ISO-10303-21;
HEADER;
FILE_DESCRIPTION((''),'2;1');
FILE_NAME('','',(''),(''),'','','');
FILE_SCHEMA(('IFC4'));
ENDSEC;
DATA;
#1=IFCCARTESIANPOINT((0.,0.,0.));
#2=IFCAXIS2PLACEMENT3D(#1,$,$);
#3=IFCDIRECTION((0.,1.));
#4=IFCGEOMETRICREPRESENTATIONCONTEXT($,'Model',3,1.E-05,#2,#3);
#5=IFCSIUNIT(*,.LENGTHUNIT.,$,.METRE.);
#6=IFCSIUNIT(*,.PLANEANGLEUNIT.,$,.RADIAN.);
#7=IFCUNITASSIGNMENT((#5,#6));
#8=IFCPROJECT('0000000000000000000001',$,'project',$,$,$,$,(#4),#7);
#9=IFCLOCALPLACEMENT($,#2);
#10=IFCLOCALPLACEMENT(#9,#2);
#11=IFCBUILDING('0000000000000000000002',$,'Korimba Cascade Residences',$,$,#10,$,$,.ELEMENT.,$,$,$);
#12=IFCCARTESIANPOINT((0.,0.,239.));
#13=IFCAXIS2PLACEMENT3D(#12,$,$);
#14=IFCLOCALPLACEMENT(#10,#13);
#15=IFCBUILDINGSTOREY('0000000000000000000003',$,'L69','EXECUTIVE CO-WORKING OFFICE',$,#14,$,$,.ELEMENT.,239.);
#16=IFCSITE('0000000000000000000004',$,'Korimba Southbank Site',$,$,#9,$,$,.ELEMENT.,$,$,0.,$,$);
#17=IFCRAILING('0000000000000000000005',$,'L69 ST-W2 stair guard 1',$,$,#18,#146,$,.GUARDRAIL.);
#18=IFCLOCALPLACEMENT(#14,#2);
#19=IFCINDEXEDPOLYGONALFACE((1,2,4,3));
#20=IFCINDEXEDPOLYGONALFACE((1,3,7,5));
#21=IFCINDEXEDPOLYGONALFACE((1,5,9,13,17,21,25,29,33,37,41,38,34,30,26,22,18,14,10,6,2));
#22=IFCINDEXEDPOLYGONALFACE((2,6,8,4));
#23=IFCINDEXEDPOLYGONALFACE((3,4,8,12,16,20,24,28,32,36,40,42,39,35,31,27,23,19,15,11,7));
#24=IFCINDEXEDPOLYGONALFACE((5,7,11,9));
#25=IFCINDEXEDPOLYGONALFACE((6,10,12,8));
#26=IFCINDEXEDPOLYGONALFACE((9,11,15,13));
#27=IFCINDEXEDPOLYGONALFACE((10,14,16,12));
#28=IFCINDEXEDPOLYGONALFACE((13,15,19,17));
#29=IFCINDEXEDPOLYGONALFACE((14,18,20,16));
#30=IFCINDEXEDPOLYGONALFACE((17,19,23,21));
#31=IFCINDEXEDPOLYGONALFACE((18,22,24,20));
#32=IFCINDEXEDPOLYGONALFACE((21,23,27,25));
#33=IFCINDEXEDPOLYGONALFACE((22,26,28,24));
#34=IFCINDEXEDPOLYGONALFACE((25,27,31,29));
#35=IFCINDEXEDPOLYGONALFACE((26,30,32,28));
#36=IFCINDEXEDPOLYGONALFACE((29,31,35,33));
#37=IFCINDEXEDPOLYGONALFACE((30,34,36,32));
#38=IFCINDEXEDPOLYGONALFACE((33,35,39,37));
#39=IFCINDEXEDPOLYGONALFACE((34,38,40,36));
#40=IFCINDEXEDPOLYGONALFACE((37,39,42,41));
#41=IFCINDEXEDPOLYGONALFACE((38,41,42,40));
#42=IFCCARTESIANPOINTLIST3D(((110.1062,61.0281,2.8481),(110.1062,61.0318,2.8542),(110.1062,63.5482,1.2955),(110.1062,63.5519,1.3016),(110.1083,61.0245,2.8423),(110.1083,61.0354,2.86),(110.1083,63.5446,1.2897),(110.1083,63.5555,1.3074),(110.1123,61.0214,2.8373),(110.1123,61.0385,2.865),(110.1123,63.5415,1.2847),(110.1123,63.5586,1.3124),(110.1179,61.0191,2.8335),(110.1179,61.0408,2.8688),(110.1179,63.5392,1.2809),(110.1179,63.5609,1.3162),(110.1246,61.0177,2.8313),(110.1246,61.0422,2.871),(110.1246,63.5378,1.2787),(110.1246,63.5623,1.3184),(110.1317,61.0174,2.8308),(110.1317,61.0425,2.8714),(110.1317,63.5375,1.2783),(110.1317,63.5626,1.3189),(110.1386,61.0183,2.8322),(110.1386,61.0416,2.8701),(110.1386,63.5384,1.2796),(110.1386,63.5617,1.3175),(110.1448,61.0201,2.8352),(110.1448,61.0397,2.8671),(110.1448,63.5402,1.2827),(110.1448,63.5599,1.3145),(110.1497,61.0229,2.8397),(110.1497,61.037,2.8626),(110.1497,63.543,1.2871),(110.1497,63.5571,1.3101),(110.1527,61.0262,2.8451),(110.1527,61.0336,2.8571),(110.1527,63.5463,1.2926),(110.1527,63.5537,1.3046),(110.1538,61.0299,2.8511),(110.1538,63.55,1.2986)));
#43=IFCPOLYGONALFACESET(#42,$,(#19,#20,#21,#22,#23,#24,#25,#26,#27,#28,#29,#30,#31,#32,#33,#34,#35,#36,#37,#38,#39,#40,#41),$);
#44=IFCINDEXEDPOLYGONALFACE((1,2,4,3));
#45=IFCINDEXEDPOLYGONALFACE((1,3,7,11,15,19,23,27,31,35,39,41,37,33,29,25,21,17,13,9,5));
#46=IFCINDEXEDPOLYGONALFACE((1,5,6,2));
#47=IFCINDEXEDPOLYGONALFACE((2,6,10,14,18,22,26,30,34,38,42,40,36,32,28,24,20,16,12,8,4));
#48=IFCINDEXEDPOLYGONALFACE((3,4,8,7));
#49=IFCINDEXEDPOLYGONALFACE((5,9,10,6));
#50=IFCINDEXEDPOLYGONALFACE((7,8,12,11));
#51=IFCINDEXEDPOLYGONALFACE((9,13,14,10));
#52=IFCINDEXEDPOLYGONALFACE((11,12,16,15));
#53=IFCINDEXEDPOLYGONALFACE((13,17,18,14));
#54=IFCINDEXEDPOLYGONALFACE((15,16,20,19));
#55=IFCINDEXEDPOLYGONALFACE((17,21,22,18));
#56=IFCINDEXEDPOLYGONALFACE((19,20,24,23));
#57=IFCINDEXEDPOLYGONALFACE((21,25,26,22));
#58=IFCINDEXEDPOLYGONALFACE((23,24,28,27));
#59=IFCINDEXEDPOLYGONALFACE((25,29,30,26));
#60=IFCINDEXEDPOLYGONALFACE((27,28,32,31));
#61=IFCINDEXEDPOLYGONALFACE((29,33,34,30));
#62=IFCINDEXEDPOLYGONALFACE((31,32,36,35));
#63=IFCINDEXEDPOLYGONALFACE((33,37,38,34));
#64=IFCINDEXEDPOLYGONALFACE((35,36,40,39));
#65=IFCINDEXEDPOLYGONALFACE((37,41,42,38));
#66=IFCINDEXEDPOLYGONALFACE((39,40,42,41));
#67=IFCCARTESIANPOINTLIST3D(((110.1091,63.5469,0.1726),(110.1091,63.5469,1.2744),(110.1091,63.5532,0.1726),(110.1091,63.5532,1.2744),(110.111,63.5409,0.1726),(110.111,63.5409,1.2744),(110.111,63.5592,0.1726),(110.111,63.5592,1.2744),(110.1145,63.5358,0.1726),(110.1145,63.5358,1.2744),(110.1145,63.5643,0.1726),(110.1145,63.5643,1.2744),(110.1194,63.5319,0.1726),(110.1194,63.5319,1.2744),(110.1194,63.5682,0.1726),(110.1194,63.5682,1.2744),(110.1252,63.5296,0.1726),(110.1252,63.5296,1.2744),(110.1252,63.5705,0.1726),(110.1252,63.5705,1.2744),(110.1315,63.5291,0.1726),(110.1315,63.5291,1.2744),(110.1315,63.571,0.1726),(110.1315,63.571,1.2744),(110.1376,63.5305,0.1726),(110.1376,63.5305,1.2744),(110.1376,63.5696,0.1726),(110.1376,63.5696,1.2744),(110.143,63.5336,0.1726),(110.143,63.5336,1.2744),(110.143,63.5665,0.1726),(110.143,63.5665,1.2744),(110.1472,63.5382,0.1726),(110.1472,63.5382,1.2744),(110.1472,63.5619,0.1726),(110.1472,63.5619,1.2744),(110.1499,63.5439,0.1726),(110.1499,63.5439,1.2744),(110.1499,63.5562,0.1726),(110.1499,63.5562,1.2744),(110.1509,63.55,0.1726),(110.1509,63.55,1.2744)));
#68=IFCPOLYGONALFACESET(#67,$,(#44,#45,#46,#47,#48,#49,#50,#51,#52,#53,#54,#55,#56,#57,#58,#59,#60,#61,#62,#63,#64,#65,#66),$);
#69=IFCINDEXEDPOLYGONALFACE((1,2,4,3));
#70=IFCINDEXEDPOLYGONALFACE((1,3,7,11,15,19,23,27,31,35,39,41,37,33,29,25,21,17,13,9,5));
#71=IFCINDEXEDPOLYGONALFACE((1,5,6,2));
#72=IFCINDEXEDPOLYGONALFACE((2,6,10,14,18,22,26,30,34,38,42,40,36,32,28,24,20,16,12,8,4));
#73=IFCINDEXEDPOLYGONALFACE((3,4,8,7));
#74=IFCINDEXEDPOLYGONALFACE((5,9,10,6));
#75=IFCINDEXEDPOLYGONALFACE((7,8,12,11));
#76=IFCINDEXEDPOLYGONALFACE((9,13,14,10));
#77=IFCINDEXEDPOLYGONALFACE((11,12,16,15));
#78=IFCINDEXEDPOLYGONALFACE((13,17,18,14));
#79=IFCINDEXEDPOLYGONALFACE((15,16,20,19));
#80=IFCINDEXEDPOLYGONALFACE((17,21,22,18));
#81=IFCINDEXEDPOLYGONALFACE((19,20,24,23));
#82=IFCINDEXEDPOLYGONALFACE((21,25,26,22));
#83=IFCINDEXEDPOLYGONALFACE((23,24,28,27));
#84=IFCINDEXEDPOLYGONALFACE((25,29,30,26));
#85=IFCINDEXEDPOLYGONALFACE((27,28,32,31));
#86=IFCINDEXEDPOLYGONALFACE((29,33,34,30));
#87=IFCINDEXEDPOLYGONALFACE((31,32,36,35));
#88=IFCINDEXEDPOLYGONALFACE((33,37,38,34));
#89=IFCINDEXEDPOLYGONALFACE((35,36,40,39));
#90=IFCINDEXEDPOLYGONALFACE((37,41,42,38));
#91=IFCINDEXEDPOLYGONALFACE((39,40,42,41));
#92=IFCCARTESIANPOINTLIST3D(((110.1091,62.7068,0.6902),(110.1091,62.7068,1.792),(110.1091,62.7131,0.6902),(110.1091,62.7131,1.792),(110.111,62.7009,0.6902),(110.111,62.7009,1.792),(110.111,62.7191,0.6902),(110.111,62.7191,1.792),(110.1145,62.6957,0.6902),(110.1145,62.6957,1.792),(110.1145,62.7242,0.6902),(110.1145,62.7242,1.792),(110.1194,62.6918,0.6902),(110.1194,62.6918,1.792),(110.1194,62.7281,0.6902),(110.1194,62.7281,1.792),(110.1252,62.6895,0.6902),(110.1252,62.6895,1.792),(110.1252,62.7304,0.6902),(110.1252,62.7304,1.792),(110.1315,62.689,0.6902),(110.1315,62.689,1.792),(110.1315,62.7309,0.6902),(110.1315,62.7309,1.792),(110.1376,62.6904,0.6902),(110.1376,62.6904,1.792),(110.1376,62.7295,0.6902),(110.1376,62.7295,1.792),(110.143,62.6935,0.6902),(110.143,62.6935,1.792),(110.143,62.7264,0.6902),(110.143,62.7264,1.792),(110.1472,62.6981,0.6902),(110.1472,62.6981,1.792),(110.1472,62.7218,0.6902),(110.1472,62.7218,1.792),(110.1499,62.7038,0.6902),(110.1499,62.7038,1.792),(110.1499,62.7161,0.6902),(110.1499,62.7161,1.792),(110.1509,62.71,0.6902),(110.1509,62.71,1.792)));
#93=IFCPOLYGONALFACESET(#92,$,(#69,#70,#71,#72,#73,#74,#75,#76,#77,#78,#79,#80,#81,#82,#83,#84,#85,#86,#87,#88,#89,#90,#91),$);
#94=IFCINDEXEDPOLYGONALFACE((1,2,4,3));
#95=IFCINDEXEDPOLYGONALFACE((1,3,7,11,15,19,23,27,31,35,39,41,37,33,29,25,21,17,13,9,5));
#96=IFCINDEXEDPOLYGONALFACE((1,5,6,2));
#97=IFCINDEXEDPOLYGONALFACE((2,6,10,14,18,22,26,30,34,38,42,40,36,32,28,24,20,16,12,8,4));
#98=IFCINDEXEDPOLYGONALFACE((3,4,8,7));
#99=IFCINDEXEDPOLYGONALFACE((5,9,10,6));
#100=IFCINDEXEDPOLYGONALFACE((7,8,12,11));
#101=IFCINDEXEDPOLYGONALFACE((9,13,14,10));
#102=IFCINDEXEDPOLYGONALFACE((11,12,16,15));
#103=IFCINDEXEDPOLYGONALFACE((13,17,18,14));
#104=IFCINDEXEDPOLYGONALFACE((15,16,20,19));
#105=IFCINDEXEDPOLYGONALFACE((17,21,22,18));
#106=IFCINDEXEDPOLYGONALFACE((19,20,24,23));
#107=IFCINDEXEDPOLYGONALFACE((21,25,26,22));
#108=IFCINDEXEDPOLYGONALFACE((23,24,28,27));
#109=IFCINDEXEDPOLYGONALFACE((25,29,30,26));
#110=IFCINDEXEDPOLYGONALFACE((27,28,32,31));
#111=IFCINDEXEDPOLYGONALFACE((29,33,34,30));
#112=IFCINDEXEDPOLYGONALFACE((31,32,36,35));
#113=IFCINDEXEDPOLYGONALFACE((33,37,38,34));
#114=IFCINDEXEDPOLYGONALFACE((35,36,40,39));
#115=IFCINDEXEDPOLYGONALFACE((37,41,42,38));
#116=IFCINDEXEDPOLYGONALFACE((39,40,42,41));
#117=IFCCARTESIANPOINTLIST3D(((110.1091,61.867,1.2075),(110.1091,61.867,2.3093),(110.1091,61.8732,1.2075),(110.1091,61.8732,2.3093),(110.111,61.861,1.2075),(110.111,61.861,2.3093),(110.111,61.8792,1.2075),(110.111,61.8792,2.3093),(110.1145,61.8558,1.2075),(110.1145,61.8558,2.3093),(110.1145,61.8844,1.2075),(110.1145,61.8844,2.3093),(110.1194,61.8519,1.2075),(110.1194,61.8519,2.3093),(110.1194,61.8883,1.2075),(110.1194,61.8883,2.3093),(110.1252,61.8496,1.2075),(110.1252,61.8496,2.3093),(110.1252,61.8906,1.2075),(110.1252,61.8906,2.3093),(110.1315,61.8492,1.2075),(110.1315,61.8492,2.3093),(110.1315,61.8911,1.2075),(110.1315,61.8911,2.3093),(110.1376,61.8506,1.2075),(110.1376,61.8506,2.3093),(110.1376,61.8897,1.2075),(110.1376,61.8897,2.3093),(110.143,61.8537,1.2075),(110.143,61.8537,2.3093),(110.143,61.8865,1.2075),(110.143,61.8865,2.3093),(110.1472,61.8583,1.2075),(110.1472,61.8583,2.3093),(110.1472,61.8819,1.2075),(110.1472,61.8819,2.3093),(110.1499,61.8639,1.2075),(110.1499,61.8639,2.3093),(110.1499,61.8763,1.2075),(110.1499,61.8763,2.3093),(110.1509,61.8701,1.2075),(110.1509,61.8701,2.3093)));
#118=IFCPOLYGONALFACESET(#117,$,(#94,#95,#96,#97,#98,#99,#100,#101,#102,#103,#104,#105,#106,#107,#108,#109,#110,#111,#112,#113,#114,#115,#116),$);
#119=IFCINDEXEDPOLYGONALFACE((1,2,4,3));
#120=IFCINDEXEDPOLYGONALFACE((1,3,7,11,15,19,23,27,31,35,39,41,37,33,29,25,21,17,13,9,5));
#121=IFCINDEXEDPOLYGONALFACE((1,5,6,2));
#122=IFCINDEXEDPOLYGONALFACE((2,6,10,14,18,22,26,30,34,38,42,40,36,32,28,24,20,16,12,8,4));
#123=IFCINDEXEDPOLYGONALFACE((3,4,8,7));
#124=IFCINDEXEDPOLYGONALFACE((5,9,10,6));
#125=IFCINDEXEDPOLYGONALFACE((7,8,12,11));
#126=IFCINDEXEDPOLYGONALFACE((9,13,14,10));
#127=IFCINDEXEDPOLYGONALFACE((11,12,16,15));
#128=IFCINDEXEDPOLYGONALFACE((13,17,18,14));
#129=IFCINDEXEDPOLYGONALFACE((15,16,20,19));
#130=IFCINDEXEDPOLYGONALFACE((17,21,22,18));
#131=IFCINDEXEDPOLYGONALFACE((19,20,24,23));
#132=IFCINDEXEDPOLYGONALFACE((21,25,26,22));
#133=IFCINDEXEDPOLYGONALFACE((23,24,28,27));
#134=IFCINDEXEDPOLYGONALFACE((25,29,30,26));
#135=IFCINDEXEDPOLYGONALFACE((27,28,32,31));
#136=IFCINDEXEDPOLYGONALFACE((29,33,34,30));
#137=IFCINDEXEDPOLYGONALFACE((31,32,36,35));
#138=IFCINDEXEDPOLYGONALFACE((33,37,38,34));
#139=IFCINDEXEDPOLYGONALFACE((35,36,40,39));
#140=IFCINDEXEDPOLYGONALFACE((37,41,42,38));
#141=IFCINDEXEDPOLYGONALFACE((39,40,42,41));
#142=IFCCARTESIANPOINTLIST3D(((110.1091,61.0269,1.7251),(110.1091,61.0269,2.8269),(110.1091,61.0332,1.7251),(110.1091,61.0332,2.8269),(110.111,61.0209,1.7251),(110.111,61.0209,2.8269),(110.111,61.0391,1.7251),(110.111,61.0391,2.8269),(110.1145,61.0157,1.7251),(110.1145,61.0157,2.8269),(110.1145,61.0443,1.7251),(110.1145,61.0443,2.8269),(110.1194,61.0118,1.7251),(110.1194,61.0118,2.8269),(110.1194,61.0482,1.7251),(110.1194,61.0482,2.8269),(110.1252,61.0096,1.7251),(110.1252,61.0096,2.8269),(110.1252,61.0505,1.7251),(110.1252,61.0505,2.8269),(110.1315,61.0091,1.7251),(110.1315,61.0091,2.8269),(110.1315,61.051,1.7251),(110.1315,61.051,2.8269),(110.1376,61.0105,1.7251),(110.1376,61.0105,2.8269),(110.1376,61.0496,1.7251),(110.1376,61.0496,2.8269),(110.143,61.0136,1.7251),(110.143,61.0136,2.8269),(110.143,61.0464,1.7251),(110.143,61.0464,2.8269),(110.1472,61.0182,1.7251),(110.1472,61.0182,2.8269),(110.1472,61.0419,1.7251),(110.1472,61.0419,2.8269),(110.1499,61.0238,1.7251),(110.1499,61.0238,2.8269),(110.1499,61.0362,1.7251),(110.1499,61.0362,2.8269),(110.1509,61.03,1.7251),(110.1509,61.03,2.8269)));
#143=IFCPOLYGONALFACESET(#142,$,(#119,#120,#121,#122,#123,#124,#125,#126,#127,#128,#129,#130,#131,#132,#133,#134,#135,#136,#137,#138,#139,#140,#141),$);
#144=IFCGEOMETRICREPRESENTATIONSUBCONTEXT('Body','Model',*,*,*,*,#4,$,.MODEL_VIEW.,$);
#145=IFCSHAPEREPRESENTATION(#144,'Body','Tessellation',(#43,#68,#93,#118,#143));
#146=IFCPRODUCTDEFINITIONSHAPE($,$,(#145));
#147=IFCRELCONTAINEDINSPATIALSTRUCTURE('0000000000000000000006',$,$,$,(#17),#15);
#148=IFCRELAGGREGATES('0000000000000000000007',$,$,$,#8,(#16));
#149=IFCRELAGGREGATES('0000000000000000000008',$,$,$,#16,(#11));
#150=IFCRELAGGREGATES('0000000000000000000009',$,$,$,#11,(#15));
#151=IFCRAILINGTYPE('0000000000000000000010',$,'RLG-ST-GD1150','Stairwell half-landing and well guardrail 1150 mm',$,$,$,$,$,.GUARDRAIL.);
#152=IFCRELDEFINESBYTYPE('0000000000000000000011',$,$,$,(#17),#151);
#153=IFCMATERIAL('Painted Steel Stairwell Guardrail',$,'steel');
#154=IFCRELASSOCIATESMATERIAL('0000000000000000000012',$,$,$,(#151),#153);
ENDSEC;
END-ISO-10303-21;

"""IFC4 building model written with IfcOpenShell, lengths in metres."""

from ifc_helpers import new_model, si_unit, direction, frame, origin, origin_2d, place, context, subcontext, project, spatial, circle, extrude, material, type_object, element, save


model = new_model("IFC4")

# Units and contexts
model_context = context("Model", 3, precision=1e-05, world=origin(), true_north=direction((0.0, 1.0)))
body_context = subcontext(model_context, "Body", "Model", "MODEL_VIEW")
ifc_project = project(units=[si_unit("LENGTHUNIT", "METRE"), si_unit("PLANEANGLEUNIT", "RADIAN")], contexts=[model_context])

# Site, building, storey
site_placement = place(None, origin())
site = spatial("IfcSite", under=ifc_project, at=site_placement, Name="Korimba Southbank Site", CompositionType="ELEMENT", RefElevation=0.0)
building_placement = place(site_placement, origin())
building = spatial("IfcBuilding", under=site, at=building_placement, Name="Korimba Cascade Residences", CompositionType="ELEMENT")
storey_placement = place(building_placement, frame((0.0, 0.0, 239.0)))
storey = spatial("IfcBuildingStorey", under=building, at=storey_placement, Name="L69", Description="EXECUTIVE CO-WORKING OFFICE", CompositionType="ELEMENT", Elevation=239.0)

# Railing
ifc_material_1 = material(Name="Painted Steel Stairwell Guardrail", Category="steel")
railing_type_1 = type_object("IfcRailingType", Name="RLG-ST-GD1150", Description="Stairwell half-landing and well guardrail 1150 mm", PredefinedType="GUARDRAIL", material=ifc_material_1)
railing_1_placement = place(storey_placement, frame((110.1299, 63.55, 0.1726)))
element("IfcRailing", 1, at=railing_1_placement, inside=storey, type_object=railing_type_1, Name="L69 ST-W2 stair guard 1", PredefinedType="GUARDRAIL", context=body_context, shape_type="SweptSolid", body=[
    extrude(circle(Radius=0.0239, at=origin_2d()), frame((0.0, 0.0, 1.126), z_axis=(0.0, -0.8514, 0.524516), x_axis=(1.0, 0.0, 0.0)), (0.0, 0.0, 1.0), 2.96),
    extrude(circle(Radius=0.021, at=origin_2d()), origin(), (0.0, 0.0, 1.0), 1.1018),
    extrude(circle(Radius=0.021, at=origin_2d()), frame((0.0, -0.8401, 0.5176)), (0.0, 0.0, 1.0), 1.1018),
    extrude(circle(Radius=0.021, at=origin_2d()), frame((0.0, -1.6799, 1.0349)), (0.0, 0.0, 1.0), 1.1018),
    extrude(circle(Radius=0.021, at=origin_2d()), frame((0.0, -2.52, 1.5525)), (0.0, 0.0, 1.0), 1.1018),
])

save(model, "model.ifc")
